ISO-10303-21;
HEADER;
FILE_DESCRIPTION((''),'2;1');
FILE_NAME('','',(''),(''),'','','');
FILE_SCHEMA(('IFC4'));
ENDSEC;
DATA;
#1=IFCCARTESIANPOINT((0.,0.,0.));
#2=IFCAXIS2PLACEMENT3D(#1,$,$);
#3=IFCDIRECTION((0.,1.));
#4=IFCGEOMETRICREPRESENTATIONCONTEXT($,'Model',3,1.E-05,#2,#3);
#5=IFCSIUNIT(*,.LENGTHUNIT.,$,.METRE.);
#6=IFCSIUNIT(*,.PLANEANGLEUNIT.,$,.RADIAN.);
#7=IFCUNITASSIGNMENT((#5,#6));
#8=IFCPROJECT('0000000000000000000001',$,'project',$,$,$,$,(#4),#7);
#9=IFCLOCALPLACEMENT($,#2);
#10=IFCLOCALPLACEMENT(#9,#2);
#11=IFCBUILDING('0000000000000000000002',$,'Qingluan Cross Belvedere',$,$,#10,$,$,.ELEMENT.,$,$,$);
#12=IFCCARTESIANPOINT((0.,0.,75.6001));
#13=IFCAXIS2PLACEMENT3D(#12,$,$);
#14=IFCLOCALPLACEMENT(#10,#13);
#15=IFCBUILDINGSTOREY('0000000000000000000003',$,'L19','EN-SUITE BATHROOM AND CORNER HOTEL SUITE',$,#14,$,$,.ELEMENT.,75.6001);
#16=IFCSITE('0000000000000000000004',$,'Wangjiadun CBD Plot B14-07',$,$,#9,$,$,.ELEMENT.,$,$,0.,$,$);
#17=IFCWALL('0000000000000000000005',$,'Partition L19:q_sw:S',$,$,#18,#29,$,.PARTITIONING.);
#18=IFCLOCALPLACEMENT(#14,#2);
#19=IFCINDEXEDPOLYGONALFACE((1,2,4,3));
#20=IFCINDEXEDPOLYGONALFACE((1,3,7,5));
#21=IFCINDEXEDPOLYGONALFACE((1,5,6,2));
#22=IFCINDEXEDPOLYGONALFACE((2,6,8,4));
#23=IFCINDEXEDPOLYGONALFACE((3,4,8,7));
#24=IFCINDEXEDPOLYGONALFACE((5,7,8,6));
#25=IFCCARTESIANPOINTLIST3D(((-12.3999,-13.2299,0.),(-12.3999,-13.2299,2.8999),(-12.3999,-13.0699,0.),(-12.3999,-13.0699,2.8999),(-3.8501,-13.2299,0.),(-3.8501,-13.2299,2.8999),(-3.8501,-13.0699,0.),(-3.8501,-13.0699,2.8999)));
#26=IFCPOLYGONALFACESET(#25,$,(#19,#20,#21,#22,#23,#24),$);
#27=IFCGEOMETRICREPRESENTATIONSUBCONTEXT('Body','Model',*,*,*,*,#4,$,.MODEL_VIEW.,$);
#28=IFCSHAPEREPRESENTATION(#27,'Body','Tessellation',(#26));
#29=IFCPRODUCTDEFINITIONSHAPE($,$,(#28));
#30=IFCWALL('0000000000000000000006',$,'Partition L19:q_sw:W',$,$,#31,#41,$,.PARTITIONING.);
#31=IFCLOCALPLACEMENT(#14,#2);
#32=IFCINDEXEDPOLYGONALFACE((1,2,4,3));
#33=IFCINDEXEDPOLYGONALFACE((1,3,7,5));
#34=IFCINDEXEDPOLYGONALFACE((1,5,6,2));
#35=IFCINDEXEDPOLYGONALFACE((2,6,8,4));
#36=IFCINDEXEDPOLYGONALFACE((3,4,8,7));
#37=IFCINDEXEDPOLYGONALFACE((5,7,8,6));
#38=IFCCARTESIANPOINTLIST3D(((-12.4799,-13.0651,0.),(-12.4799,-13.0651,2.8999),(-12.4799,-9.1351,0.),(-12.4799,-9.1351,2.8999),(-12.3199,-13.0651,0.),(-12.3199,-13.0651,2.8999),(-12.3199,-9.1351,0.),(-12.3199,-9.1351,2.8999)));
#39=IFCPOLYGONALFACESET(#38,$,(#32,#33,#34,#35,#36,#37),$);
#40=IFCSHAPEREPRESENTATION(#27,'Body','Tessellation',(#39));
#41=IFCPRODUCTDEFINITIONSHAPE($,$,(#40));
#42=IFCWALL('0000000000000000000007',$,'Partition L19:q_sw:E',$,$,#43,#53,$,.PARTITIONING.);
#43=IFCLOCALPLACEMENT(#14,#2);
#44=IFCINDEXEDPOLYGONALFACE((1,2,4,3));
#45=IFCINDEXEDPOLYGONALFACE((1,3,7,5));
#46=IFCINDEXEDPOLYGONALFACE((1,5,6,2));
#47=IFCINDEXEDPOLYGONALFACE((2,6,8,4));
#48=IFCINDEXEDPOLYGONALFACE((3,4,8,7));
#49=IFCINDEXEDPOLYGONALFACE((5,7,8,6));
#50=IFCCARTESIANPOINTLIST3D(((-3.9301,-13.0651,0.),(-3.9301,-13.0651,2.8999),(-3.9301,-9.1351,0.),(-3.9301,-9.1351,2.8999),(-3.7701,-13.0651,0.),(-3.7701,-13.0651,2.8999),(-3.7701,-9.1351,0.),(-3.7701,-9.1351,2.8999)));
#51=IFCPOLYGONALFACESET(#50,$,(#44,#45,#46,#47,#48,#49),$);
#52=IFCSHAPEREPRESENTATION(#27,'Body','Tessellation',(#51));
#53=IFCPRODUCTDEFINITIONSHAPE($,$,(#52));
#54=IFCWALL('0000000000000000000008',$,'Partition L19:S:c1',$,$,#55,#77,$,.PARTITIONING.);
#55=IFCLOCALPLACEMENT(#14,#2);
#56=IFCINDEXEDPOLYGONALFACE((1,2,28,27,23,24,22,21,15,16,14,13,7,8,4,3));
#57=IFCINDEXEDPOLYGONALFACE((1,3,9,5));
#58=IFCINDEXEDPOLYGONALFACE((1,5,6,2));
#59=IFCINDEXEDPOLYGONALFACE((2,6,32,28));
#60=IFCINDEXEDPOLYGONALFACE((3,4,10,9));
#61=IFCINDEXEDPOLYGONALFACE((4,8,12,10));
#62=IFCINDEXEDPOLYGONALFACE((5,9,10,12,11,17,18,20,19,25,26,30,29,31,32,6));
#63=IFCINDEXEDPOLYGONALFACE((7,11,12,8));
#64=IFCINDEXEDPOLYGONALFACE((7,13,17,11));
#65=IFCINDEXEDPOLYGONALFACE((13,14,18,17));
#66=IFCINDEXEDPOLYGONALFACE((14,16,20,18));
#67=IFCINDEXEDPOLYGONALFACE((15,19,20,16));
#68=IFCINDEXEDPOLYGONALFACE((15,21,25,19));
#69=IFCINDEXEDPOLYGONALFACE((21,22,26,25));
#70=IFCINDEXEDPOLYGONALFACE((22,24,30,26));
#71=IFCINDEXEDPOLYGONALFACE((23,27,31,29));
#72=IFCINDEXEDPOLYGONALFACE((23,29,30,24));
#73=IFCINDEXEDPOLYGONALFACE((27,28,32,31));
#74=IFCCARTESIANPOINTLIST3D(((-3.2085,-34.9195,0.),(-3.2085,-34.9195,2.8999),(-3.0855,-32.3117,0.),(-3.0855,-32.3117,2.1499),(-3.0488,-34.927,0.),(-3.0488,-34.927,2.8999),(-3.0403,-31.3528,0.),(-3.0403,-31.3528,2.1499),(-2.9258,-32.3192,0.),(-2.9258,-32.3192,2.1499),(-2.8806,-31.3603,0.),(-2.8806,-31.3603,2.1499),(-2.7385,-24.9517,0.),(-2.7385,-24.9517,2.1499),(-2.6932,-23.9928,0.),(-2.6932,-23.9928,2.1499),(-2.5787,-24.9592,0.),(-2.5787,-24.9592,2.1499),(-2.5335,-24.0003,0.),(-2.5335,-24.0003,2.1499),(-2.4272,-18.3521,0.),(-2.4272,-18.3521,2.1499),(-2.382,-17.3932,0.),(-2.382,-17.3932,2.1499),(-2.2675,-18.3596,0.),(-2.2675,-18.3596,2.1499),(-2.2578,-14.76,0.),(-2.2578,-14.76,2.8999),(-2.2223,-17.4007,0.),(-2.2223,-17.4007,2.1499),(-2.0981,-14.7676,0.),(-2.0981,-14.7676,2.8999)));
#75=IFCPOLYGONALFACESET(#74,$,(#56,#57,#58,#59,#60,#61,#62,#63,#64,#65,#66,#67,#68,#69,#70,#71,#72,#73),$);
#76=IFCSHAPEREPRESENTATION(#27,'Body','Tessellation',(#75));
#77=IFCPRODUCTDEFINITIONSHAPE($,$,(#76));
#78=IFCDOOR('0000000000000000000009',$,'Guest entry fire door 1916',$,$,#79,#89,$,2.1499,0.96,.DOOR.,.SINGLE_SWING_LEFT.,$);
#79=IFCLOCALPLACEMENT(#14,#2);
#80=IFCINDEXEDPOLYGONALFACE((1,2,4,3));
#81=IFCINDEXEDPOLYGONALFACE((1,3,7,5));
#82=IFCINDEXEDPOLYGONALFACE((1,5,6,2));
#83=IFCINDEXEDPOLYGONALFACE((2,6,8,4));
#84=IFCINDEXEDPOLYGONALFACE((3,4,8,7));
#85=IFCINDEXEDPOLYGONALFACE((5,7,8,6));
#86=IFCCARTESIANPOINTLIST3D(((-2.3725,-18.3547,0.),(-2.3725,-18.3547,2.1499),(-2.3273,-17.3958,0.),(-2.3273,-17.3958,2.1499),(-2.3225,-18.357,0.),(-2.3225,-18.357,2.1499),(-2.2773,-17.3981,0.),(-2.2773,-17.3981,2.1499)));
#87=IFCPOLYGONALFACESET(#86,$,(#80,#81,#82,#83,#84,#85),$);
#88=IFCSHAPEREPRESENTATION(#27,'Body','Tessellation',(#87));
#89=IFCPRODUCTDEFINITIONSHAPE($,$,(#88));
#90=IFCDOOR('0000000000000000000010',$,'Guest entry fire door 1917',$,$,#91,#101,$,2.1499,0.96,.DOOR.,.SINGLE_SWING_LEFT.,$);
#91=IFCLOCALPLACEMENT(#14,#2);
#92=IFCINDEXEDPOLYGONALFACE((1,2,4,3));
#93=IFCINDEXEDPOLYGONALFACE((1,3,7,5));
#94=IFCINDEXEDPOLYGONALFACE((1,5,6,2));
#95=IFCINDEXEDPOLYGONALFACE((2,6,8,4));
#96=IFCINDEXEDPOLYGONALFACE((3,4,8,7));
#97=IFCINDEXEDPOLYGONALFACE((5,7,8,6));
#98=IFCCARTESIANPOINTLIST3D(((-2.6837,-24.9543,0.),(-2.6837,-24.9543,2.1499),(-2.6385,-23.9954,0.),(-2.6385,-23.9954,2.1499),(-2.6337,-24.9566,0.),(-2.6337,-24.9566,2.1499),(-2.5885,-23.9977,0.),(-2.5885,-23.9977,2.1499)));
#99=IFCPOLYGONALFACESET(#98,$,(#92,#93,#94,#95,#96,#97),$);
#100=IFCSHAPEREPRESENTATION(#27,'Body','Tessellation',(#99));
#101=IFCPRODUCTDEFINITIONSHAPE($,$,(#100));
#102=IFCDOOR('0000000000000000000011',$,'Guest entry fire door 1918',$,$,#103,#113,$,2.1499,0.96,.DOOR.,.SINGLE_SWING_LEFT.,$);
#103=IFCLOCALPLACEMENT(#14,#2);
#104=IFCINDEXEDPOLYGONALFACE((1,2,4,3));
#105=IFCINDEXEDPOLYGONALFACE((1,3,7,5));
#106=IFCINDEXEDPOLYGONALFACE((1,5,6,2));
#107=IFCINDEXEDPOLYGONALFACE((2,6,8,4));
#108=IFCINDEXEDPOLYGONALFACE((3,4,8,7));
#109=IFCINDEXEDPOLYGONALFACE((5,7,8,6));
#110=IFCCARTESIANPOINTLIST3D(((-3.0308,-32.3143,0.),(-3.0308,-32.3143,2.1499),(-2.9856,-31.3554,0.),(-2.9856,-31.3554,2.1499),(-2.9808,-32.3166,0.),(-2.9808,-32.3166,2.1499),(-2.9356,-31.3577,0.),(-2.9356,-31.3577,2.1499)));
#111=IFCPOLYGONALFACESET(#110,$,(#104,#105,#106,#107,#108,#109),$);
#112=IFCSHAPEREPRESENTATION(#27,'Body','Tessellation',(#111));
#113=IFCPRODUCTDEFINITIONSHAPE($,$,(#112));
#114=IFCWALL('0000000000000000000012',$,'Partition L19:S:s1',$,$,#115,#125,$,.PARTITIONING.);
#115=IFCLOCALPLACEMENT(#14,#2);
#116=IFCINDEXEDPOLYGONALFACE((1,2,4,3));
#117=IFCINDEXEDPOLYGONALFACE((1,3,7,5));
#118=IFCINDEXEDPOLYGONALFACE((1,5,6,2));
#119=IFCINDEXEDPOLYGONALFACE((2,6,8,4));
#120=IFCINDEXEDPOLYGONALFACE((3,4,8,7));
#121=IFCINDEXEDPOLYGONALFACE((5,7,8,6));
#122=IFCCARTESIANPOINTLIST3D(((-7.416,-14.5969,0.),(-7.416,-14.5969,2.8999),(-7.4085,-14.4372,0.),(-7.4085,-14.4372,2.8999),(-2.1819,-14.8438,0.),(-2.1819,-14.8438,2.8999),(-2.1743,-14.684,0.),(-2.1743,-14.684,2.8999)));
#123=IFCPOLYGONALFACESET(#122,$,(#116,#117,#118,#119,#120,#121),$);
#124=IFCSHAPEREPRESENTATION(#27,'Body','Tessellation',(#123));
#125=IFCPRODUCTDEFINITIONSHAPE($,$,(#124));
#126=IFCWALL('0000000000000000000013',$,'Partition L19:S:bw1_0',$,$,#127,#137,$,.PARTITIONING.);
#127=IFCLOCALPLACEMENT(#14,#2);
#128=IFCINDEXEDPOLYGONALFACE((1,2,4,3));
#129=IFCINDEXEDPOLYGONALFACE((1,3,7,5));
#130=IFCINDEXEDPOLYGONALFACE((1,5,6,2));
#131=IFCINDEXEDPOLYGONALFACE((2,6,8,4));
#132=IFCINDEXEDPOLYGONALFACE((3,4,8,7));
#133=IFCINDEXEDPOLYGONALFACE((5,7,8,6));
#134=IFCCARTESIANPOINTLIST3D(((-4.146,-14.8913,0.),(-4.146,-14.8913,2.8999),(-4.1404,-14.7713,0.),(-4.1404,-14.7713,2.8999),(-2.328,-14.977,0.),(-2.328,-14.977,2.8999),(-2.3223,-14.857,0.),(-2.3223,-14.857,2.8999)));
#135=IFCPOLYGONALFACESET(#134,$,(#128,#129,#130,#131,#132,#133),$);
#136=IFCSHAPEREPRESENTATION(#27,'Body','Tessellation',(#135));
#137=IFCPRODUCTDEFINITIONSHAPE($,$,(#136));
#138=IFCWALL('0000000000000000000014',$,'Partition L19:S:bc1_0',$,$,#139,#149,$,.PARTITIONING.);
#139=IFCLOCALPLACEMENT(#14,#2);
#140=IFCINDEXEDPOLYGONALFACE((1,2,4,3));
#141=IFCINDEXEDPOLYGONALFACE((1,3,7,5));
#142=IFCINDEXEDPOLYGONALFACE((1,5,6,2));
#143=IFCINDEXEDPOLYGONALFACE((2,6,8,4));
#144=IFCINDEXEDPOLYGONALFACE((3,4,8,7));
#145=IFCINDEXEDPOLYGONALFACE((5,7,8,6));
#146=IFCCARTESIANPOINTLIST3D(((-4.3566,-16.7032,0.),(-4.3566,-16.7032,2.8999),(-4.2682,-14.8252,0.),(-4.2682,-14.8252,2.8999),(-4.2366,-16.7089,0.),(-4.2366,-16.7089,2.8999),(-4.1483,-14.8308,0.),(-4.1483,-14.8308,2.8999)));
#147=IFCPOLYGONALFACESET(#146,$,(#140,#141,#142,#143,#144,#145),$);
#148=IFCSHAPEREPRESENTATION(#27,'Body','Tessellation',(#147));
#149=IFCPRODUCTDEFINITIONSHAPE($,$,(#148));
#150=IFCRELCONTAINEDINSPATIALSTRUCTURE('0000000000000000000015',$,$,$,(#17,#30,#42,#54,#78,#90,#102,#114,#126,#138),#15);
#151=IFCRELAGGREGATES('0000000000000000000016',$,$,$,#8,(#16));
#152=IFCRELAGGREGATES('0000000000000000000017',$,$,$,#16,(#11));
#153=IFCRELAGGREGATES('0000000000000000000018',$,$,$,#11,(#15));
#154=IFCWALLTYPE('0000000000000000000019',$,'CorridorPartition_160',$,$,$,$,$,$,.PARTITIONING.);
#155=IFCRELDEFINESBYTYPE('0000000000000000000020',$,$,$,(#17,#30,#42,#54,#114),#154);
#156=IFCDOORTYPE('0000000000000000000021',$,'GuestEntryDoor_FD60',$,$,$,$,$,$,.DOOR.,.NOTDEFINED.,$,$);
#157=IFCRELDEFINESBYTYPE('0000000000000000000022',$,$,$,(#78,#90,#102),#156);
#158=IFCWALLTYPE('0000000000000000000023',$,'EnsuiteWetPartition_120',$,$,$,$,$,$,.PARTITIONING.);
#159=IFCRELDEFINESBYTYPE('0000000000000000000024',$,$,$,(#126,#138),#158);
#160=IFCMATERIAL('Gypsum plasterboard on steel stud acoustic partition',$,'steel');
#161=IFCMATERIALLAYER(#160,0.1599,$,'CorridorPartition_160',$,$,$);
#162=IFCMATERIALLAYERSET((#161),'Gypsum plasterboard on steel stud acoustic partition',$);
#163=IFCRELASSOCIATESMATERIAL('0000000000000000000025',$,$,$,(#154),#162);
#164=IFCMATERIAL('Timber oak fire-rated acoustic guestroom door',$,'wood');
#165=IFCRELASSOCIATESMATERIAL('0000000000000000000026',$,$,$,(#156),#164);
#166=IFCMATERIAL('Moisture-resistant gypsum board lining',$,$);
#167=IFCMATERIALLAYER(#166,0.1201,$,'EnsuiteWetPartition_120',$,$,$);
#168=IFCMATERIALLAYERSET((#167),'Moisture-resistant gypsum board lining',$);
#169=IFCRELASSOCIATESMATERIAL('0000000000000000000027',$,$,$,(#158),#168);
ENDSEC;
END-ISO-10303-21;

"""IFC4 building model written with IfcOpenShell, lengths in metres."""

from ifc_helpers import new_model, si_unit, direction, frame, frame_2d, origin, place, context, subcontext, project, spatial, rectangle, extrude, material, layer, layer_set, type_object, element, fill, save


model = new_model("IFC4")

# Units and contexts
model_context = context("Model", 3, precision=1e-05, world=origin(), true_north=direction((0.0, 1.0)))
body_context = subcontext(model_context, "Body", "Model", "MODEL_VIEW")
ifc_project = project(units=[si_unit("LENGTHUNIT", "METRE"), si_unit("PLANEANGLEUNIT", "RADIAN")], contexts=[model_context])

# Site, building, storey
site_placement = place(None, origin())
site = spatial("IfcSite", under=ifc_project, at=site_placement, Name="Wangjiadun CBD Plot B14-07", CompositionType="ELEMENT", RefElevation=0.0)
building_placement = place(site_placement, origin())
building = spatial("IfcBuilding", under=site, at=building_placement, Name="Qingluan Cross Belvedere", CompositionType="ELEMENT")
storey_placement = place(building_placement, frame((0.0, 0.0, 75.6001)))
storey = spatial("IfcBuildingStorey", under=building, at=storey_placement, Name="L19", Description="EN-SUITE BATHROOM AND CORNER HOTEL SUITE", CompositionType="ELEMENT", Elevation=75.6001)

# Walls
ifc_material_1 = material(Name="Gypsum plasterboard on steel stud acoustic partition", Category="steel")
ifc_layer_1 = layer(ifc_material_1, 0.1599, Name="CorridorPartition_160")
ifc_layer_set_1 = layer_set([ifc_layer_1], Name="Gypsum plasterboard on steel stud acoustic partition")
wall_type_1 = type_object("IfcWallType", Name="CorridorPartition_160", PredefinedType="PARTITIONING", material=ifc_layer_set_1)
wall_1_placement = place(storey_placement, frame((-12.3999, -13.1499, 0.0), z_axis=(0.0, 0.0, 1.0), x_axis=(1.0, 0.0, 0.0)))
element("IfcWall", 1, at=wall_1_placement, inside=storey, type_object=wall_type_1, Name="Partition L19:q_sw:S", PredefinedType="PARTITIONING", context=body_context, shape_type="SweptSolid", body=[
    extrude(rectangle(XDim=8.5498, YDim=0.1599, at=frame_2d((4.2749, 0.0))), origin(), (0.0, 0.0, 1.0), 2.8999),
])
for number, where, z_axis, x_axis, name in (
    (2, (-12.3999, -13.0649, 0.0), (0.0, 0.0, 1.0), (0.0, 1.0, 0.0), "Partition L19:q_sw:W"),
    (3, (-3.8501, -13.0649, 0.0), (0.0, 0.0, 1.0), (0.0, 1.0, 0.0), "Partition L19:q_sw:E"),
):
    element("IfcWall", number, at=place(storey_placement, frame(where, z_axis=z_axis, x_axis=x_axis)), inside=storey, type_object=wall_type_1, Name=name, PredefinedType="PARTITIONING", context=body_context, shape_type="SweptSolid", body=[
        extrude(rectangle(XDim=3.9299, YDim=0.1599, at=frame_2d((1.9648, 0.0))), origin(), (0.0, 0.0, 1.0), 2.8999),
    ])

# Wall, openings, doors
wall_2_placement = place(storey_placement, frame((-2.178, -14.7639, 0.0), z_axis=(0.0, 0.0, 1.0), x_axis=(-0.047106, -0.99889, 0.0)))
wall_2 = element("IfcWall", 4, at=wall_2_placement, inside=storey, type_object=wall_type_1, Name="Partition L19:S:c1", PredefinedType="PARTITIONING", context=body_context, shape_type="SweptSolid", body=[
    extrude(rectangle(XDim=20.1819, YDim=0.1599, at=frame_2d((10.0908, 0.0))), origin(), (0.0, 0.0, 1.0), 2.8999),
])
opening_1_placement = place(wall_2_placement, frame((2.636, 0.0, 0.0)))
opening_1 = element("IfcOpeningElement", 5, at=opening_1_placement, cuts=wall_2, PredefinedType="OPENING", context=body_context, shape_type="SweptSolid", body=[
    extrude(rectangle(XDim=0.96, YDim=2.1499, at=frame_2d((0.48, 1.075))), frame((0.0, 0.0898, 0.0), z_axis=(0.0, -1.0, 0.0), x_axis=(1.0, 0.0, 0.0)), (0.0, 0.0, 1.0), 0.1799),
])
opening_2_placement = place(wall_2_placement, frame((9.2429, 0.0, 0.0)))
opening_2 = element("IfcOpeningElement", 6, at=opening_2_placement, cuts=wall_2, PredefinedType="OPENING", context=body_context, shape_type="SweptSolid", body=[
    extrude(rectangle(XDim=0.96, YDim=2.1499, at=frame_2d((0.48, 1.075))), frame((0.0, 0.0898, 0.0), z_axis=(0.0, -1.0, 0.0), x_axis=(1.0, 0.0, 0.0)), (0.0, 0.0, 1.0), 0.1799),
])
opening_3_placement = place(wall_2_placement, frame((16.6111, 0.0, 0.0)))
opening_3 = element("IfcOpeningElement", 7, at=opening_3_placement, cuts=wall_2, PredefinedType="OPENING", context=body_context, shape_type="SweptSolid", body=[
    extrude(rectangle(XDim=0.96, YDim=2.1499, at=frame_2d((0.48, 1.075))), frame((0.0, 0.0898, 0.0), z_axis=(0.0, -1.0, 0.0), x_axis=(1.0, 0.0, 0.0)), (0.0, 0.0, 1.0), 0.1799),
])
ifc_material_2 = material(Name="Timber oak fire-rated acoustic guestroom door", Category="wood")
door_type = type_object("IfcDoorType", Name="GuestEntryDoor_FD60", OperationType="NOTDEFINED", PredefinedType="DOOR", material=ifc_material_2)
door_1_placement = place(opening_1_placement, origin())
door_1 = element("IfcDoor", 8, at=door_1_placement, inside=storey, type_object=door_type, Name="Guest entry fire door 1916", OperationType="SINGLE_SWING_LEFT", OverallHeight=2.1499, OverallWidth=0.96, PredefinedType="DOOR", context=body_context, shape_type="SweptSolid", body=[
    extrude(rectangle(XDim=0.96, YDim=2.1499, at=frame_2d((0.48, 1.075))), frame((0.0, 0.0249, 0.0), z_axis=(0.0, -1.0, 0.0), x_axis=(1.0, 0.0, 0.0)), (0.0, 0.0, 1.0), 0.05),
])
fill(opening_1, door_1)
door_2_placement = place(opening_2_placement, origin())
door_2 = element("IfcDoor", 9, at=door_2_placement, inside=storey, type_object=door_type, Name="Guest entry fire door 1917", OperationType="SINGLE_SWING_LEFT", OverallHeight=2.1499, OverallWidth=0.96, PredefinedType="DOOR", context=body_context, shape_type="SweptSolid", body=[
    extrude(rectangle(XDim=0.96, YDim=2.1499, at=frame_2d((0.48, 1.075))), frame((0.0, 0.0249, 0.0), z_axis=(0.0, -1.0, 0.0), x_axis=(1.0, 0.0, 0.0)), (0.0, 0.0, 1.0), 0.05),
])
fill(opening_2, door_2)
door_3_placement = place(opening_3_placement, origin())
door_3 = element("IfcDoor", 10, at=door_3_placement, inside=storey, type_object=door_type, Name="Guest entry fire door 1918", OperationType="SINGLE_SWING_LEFT", OverallHeight=2.1499, OverallWidth=0.96, PredefinedType="DOOR", context=body_context, shape_type="SweptSolid", body=[
    extrude(rectangle(XDim=0.96, YDim=2.1499, at=frame_2d((0.48, 1.075))), frame((0.0, 0.0249, 0.0), z_axis=(0.0, -1.0, 0.0), x_axis=(1.0, 0.0, 0.0)), (0.0, 0.0, 1.0), 0.05),
])
fill(opening_3, door_3)

# Walls
wall_3_placement = place(storey_placement, frame((-2.178, -14.7639, 0.0), z_axis=(0.0, 0.0, 1.0), x_axis=(-0.99889, 0.047105, 0.0)))
element("IfcWall", 11, at=wall_3_placement, inside=storey, type_object=wall_type_1, Name="Partition L19:S:s1", PredefinedType="PARTITIONING", context=body_context, shape_type="SweptSolid", body=[
    extrude(rectangle(XDim=5.24, YDim=0.1599, at=frame_2d((2.6201, 0.0))), origin(), (0.0, 0.0, 1.0), 2.8999),
])
ifc_material_3 = material(Name="Moisture-resistant gypsum board lining")
ifc_layer_2 = layer(ifc_material_3, 0.1201, Name="EnsuiteWetPartition_120")
ifc_layer_set_2 = layer_set([ifc_layer_2], Name="Moisture-resistant gypsum board lining")
wall_type_2 = type_object("IfcWallType", Name="EnsuiteWetPartition_120", PredefinedType="PARTITIONING", material=ifc_layer_set_2)
wall_4_placement = place(storey_placement, frame((-4.1433, -14.8313, 0.0), z_axis=(0.0, 0.0, 1.0), x_axis=(0.998891, -0.047081, 0.0)))
element("IfcWall", 12, at=wall_4_placement, inside=storey, type_object=wall_type_2, Name="Partition L19:S:bw1_0", PredefinedType="PARTITIONING", context=body_context, shape_type="SweptSolid", body=[
    extrude(rectangle(XDim=1.8201, YDim=0.1201, at=frame_2d((0.9102, 0.0))), origin(), (0.0, 0.0, 1.0), 2.8999),
])
wall_5_placement = place(storey_placement, frame((-4.2083, -14.8281, 0.0), z_axis=(0.0, 0.0, 1.0), x_axis=(-0.04701, -0.998894, 0.0)))
element("IfcWall", 13, at=wall_5_placement, inside=storey, type_object=wall_type_2, Name="Partition L19:S:bc1_0", PredefinedType="PARTITIONING", context=body_context, shape_type="SweptSolid", body=[
    extrude(rectangle(XDim=1.8801, YDim=0.1201, at=frame_2d((0.9399, 0.0))), origin(), (0.0, 0.0, 1.0), 2.8999),
])

save(model, "model.ifc")
